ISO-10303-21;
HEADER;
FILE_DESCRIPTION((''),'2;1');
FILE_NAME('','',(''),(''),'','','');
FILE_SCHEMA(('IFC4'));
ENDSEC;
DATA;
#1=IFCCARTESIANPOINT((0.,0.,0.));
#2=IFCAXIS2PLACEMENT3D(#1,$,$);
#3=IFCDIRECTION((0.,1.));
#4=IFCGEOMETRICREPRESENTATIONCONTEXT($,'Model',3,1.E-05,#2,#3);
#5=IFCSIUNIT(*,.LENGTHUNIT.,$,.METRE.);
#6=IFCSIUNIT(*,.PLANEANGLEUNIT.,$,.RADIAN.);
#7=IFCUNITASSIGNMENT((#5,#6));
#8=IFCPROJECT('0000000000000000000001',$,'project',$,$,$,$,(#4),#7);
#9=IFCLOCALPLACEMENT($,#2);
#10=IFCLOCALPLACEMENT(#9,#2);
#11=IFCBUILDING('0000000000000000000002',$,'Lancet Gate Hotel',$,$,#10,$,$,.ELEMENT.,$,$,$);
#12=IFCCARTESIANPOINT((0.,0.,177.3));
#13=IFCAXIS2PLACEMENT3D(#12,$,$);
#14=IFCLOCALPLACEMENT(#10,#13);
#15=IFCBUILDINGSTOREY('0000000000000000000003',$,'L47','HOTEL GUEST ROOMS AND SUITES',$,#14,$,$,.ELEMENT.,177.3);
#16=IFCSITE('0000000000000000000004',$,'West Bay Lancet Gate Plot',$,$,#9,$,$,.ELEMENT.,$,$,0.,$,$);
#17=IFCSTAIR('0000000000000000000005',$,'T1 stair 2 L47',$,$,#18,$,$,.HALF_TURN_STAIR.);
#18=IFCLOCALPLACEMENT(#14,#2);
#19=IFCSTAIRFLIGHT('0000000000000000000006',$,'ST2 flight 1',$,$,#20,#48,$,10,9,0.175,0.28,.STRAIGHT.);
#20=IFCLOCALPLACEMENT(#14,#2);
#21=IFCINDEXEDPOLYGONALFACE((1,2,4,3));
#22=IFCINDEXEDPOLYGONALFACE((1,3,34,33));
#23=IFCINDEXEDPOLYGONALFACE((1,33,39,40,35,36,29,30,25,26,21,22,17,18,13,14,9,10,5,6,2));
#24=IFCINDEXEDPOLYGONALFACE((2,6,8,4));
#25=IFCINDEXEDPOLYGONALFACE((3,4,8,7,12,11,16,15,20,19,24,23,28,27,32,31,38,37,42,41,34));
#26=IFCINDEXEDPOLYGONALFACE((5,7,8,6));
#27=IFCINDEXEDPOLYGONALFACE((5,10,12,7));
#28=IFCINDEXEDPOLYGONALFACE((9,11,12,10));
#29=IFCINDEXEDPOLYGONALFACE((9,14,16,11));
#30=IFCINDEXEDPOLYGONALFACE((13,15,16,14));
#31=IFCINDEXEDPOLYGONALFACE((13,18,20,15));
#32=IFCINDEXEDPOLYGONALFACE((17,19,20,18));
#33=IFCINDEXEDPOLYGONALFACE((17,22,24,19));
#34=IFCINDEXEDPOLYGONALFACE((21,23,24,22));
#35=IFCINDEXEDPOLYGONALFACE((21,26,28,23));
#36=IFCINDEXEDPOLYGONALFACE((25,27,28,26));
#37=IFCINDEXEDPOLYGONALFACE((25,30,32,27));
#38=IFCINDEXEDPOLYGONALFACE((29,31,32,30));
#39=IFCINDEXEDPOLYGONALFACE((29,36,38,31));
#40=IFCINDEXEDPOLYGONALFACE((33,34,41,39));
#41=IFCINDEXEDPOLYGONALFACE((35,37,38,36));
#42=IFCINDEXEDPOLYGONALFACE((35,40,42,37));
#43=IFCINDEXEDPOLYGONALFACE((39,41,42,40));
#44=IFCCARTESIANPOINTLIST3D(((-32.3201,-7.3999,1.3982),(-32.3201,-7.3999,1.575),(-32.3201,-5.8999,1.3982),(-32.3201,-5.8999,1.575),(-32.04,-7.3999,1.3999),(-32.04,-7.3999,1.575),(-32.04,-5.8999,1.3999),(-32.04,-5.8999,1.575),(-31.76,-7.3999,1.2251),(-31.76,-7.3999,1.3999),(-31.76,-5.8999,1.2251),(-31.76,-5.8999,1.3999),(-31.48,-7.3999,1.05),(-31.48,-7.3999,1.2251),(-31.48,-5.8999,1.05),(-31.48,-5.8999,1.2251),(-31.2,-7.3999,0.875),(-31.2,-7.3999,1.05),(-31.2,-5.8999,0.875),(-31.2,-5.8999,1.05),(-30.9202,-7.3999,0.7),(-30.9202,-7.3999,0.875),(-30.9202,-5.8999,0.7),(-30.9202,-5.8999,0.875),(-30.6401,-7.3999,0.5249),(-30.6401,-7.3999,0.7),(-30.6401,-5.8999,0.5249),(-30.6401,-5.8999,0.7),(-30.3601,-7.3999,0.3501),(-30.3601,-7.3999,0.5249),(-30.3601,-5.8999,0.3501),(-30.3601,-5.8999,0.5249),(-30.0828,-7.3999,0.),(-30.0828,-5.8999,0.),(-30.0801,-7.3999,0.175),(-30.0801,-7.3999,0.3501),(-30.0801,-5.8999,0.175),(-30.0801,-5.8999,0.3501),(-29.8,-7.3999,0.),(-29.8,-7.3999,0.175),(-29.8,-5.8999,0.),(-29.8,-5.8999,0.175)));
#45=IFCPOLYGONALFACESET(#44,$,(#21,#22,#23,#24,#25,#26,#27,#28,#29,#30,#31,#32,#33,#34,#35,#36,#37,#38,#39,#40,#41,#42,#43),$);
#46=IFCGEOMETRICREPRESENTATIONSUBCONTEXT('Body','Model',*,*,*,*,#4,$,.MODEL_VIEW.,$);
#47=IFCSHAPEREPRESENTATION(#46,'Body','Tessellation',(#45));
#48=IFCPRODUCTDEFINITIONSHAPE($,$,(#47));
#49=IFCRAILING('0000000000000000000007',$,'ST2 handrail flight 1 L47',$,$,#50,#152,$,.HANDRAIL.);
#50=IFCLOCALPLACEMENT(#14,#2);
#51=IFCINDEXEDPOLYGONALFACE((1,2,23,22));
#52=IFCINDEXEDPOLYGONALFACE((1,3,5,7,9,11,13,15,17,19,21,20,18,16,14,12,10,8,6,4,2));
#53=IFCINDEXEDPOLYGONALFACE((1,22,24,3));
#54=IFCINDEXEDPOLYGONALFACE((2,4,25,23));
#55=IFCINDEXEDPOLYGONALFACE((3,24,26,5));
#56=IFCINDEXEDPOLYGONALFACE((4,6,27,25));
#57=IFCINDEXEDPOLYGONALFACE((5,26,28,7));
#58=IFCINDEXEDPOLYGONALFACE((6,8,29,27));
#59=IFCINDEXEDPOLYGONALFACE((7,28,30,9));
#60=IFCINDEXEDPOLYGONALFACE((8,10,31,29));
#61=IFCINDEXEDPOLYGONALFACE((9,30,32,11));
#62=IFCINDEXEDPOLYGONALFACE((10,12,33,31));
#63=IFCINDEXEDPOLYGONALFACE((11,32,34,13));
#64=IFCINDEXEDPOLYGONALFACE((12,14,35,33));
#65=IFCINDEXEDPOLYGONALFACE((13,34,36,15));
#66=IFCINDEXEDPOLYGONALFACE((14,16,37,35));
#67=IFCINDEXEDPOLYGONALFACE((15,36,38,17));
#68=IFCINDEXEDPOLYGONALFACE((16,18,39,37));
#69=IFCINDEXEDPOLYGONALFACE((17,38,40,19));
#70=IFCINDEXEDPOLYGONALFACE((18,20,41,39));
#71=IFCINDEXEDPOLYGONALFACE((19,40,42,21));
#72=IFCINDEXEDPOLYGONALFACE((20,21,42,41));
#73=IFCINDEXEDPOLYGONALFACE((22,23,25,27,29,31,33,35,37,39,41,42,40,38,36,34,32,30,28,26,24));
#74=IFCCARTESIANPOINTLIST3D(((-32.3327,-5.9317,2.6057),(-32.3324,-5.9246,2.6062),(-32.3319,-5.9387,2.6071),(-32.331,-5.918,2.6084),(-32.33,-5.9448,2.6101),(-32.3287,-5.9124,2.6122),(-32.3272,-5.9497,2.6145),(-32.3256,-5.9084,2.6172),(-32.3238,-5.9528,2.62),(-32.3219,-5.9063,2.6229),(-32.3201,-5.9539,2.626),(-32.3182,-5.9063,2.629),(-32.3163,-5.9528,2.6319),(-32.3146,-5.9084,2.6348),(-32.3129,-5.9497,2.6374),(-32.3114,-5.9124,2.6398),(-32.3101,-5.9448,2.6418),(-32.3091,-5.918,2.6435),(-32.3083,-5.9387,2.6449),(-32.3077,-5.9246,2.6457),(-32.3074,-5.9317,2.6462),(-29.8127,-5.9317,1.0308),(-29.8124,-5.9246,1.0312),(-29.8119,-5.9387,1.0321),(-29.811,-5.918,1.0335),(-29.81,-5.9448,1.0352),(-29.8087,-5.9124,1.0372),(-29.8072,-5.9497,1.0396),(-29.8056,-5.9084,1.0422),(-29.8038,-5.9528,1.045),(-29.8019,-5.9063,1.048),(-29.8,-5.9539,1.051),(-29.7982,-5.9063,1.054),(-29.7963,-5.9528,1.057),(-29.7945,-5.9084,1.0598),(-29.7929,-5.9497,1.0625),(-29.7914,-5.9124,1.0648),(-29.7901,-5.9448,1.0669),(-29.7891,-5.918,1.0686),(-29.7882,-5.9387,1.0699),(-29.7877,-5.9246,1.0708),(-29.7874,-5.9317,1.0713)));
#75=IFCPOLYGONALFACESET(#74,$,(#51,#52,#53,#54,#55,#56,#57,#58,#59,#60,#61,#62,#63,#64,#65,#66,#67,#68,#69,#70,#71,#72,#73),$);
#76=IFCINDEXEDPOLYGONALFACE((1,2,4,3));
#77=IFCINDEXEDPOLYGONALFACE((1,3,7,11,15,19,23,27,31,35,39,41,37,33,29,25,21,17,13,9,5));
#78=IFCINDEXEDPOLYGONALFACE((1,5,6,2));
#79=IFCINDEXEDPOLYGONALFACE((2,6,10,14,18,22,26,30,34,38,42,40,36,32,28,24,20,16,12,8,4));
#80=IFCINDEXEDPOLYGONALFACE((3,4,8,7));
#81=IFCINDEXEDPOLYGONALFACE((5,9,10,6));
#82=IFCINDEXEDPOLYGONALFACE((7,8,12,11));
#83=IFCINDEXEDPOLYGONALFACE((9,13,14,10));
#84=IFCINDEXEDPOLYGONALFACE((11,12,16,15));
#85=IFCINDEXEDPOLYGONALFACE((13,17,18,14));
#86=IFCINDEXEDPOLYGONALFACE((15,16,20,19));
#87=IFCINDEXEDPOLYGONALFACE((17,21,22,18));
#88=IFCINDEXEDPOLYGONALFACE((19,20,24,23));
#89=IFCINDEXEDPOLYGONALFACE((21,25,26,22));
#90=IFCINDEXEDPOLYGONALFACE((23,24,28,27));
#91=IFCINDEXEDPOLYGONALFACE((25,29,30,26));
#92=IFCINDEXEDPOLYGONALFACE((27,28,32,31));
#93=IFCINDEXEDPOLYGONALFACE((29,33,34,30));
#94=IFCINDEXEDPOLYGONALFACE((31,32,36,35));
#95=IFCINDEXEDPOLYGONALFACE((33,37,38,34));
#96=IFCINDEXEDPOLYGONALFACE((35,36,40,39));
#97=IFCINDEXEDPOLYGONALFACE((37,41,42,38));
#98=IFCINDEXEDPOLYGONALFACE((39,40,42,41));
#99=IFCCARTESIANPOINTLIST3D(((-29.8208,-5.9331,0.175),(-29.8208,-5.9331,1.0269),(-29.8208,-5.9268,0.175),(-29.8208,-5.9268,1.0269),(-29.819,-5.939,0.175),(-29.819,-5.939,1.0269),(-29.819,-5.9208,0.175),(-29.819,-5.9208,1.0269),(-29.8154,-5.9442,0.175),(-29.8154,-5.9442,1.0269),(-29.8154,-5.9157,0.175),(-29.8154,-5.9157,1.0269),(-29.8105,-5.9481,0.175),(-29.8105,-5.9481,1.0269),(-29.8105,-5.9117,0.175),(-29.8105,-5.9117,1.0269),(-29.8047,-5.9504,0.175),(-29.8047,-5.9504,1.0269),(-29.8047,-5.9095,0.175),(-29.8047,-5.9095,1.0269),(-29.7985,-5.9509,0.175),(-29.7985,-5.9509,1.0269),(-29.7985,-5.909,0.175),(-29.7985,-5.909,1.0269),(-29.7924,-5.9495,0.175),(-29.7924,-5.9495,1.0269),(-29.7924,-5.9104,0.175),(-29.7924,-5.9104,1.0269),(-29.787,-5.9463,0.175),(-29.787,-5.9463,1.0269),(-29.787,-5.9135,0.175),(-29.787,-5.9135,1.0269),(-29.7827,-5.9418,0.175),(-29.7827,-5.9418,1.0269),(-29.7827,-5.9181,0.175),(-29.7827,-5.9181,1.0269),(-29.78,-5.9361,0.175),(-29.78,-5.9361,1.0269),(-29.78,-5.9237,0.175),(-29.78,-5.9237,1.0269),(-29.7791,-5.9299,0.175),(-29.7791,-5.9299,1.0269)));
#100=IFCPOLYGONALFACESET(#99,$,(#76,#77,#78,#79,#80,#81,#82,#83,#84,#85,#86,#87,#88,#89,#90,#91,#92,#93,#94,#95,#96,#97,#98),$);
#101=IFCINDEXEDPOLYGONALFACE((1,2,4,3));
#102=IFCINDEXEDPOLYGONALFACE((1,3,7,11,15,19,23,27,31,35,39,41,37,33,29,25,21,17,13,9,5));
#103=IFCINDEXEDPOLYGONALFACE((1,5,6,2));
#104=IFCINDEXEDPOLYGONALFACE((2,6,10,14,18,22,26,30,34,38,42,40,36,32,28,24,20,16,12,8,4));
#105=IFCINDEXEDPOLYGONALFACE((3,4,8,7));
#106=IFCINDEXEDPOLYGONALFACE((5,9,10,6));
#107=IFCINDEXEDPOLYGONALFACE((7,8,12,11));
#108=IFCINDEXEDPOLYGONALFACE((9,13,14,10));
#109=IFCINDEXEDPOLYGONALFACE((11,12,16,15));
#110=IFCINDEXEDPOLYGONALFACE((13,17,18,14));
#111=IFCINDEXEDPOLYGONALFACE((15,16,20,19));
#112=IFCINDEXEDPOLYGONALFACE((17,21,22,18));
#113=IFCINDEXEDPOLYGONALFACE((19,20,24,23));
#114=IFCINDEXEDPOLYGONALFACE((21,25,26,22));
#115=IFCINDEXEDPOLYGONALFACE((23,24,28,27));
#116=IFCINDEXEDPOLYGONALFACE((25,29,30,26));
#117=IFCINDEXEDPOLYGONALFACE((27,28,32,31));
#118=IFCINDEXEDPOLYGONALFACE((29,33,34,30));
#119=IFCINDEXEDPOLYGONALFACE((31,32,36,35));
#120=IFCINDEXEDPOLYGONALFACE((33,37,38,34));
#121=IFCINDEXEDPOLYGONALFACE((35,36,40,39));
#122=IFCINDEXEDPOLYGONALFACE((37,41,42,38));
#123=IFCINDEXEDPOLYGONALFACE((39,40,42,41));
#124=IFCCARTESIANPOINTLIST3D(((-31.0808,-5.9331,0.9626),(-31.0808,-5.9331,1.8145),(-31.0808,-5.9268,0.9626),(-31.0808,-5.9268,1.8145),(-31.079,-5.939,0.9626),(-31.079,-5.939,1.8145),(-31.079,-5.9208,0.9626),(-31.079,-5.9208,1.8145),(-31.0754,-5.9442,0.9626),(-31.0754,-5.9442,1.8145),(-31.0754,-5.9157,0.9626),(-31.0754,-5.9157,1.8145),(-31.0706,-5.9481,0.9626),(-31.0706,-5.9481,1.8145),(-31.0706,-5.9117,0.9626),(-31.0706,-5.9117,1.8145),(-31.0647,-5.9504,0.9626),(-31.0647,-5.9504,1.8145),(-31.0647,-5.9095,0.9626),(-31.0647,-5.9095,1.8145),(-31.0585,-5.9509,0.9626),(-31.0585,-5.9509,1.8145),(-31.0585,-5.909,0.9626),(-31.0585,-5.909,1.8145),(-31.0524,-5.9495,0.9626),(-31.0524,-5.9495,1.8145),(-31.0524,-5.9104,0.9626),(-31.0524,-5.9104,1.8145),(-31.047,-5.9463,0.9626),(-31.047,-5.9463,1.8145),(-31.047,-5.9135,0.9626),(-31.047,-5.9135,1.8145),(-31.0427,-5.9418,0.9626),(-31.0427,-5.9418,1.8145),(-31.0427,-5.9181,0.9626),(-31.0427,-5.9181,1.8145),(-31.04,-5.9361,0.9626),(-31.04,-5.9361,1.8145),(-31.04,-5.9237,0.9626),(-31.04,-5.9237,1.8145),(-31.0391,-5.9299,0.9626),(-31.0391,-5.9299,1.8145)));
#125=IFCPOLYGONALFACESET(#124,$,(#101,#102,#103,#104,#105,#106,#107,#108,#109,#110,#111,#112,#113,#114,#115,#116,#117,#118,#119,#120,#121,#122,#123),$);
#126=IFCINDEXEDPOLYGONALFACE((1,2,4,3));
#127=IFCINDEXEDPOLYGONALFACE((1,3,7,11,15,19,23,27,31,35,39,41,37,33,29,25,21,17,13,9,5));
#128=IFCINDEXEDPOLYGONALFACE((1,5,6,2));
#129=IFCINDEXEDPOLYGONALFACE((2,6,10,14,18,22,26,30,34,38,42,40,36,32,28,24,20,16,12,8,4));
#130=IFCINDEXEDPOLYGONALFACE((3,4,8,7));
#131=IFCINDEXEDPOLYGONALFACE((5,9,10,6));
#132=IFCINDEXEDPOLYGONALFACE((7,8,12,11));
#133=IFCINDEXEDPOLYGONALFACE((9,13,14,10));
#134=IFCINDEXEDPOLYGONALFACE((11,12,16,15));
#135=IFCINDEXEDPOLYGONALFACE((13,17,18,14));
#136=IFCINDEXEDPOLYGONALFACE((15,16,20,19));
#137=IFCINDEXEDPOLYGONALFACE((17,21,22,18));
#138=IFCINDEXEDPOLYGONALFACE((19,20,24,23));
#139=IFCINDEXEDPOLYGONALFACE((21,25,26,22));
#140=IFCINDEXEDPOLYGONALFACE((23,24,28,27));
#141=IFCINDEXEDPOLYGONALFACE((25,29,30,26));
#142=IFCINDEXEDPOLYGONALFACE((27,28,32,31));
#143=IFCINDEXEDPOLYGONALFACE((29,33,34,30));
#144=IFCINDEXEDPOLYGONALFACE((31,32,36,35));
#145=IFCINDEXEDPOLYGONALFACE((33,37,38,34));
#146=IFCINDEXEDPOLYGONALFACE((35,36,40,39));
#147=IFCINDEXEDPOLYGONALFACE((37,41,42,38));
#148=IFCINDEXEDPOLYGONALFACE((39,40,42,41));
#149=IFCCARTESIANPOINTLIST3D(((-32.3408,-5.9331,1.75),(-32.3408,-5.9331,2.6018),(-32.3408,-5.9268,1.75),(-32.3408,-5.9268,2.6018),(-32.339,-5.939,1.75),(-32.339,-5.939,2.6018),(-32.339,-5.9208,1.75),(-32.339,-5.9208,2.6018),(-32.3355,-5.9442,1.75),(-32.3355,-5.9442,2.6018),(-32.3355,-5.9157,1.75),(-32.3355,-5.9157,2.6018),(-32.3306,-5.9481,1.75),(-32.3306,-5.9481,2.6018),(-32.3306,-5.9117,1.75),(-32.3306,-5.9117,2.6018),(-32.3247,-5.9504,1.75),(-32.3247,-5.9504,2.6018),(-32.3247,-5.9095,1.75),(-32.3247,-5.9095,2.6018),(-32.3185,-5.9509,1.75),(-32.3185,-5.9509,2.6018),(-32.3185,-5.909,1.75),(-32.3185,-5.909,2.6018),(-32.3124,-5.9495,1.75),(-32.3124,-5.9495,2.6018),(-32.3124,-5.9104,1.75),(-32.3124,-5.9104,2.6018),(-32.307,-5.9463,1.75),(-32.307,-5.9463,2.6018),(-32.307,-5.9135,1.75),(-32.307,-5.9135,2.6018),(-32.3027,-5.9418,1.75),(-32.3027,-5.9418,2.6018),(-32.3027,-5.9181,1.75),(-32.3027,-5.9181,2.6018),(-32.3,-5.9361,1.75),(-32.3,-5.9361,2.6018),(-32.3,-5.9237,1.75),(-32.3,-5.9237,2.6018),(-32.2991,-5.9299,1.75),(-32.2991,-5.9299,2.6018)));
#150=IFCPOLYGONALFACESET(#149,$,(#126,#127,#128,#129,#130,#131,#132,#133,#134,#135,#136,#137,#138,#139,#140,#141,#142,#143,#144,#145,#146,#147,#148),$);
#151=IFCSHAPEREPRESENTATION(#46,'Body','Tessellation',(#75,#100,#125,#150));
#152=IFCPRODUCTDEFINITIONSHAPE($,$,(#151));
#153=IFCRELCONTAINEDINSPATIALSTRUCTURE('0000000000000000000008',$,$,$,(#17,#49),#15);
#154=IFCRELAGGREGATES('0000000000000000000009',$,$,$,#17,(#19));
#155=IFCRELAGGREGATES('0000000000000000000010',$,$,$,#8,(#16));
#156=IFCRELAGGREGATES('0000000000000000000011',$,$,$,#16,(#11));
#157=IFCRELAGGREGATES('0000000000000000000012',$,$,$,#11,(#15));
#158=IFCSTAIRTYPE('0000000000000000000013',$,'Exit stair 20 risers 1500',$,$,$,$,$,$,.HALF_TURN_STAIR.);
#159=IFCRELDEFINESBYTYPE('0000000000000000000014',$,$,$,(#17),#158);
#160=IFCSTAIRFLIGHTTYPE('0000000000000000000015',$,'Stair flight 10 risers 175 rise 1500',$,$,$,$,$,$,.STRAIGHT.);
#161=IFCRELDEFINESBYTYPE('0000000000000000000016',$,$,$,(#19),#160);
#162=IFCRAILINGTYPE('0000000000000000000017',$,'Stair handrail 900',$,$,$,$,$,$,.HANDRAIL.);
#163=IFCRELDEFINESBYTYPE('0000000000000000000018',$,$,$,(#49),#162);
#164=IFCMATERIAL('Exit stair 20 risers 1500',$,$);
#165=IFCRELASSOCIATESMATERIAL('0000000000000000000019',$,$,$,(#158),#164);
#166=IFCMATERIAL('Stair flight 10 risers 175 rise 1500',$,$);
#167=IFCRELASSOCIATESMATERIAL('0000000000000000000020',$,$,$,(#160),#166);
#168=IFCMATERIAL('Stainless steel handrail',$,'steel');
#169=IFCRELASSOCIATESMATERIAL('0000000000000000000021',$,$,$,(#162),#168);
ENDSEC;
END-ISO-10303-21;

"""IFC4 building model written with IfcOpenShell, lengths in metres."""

from ifc_helpers import new_model, si_unit, direction, frame, origin, origin_2d, place, context, subcontext, project, spatial, polyline, circle, outline, extrude, material, type_object, element, aggregate, save


model = new_model("IFC4")

# Units and contexts
model_context = context("Model", 3, precision=1e-05, world=origin(), true_north=direction((0.0, 1.0)))
body_context = subcontext(model_context, "Body", "Model", "MODEL_VIEW")
ifc_project = project(units=[si_unit("LENGTHUNIT", "METRE"), si_unit("PLANEANGLEUNIT", "RADIAN")], contexts=[model_context])

# Site, building, storey
site_placement = place(None, origin())
site = spatial("IfcSite", under=ifc_project, at=site_placement, Name="West Bay Lancet Gate Plot", CompositionType="ELEMENT", RefElevation=0.0)
building_placement = place(site_placement, origin())
building = spatial("IfcBuilding", under=site, at=building_placement, Name="Lancet Gate Hotel", CompositionType="ELEMENT")
storey_placement = place(building_placement, frame((0.0, 0.0, 177.3)))
storey = spatial("IfcBuildingStorey", under=building, at=storey_placement, Name="L47", Description="HOTEL GUEST ROOMS AND SUITES", CompositionType="ELEMENT", Elevation=177.3)

# Stair, stair flight
ifc_material_1 = material(Name="Exit stair 20 risers 1500")
stair_type = type_object("IfcStairType", Name="Exit stair 20 risers 1500", PredefinedType="HALF_TURN_STAIR", material=ifc_material_1)
stair_placement = place(storey_placement, origin())
stair = element("IfcStair", 1, at=stair_placement, inside=storey, type_object=stair_type, Name="T1 stair 2 L47", PredefinedType="HALF_TURN_STAIR")
ifc_material_2 = material(Name="Stair flight 10 risers 175 rise 1500")
stair_flight_type = type_object("IfcStairFlightType", Name="Stair flight 10 risers 175 rise 1500", PredefinedType="STRAIGHT", material=ifc_material_2)
stair_flight_placement = place(storey_placement, frame((-29.8, -6.6499, 0.0), z_axis=(0.0, 0.0, 1.0), x_axis=(-1.0, 0.0, 0.0)))
stair_flight = element("IfcStairFlight", 2, at=stair_flight_placement, type_object=stair_flight_type, Name="ST2 flight 1", NumberOfRisers=10, NumberOfTreads=9, PredefinedType="STRAIGHT", RiserHeight=0.175, TreadLength=0.28, context=body_context, shape_type="SweptSolid", body=[
    extrude(outline(polyline([(0.0, 0.0), (0.0, 0.175), (0.28, 0.175), (0.28, 0.3501), (0.5601, 0.3501), (0.5601, 0.5249), (0.8401, 0.5249), (0.8401, 0.7), (1.1201, 0.7), (1.1201, 0.875), (1.3999, 0.875), (1.3999, 1.05), (1.6799, 1.05), (1.6799, 1.2251), (1.96, 1.2251), (1.96, 1.3999), (2.24, 1.3999), (2.24, 1.575), (2.52, 1.575), (2.52, 1.75), (2.52, 1.3982), (0.2827, 0.0), (0.0, 0.0)])), frame((0.0, 0.75, 0.0), z_axis=(0.0, -1.0, 0.0), x_axis=(1.0, 0.0, 0.0)), (0.0, 0.0, 1.0), 1.5),
])
aggregate(stair, [stair_flight])

# Railing
ifc_material_3 = material(Name="Stainless steel handrail", Category="steel")
railing_type = type_object("IfcRailingType", Name="Stair handrail 900", PredefinedType="HANDRAIL", material=ifc_material_3)
railing_placement = place(storey_placement, frame((-29.8, -5.9299, 0.175)))
element("IfcRailing", 3, at=railing_placement, inside=storey, type_object=railing_type, Name="ST2 handrail flight 1 L47", PredefinedType="HANDRAIL", context=body_context, shape_type="SweptSolid", body=[
    extrude(circle(Radius=0.0239, at=origin_2d()), frame((0.0, 0.0, 0.876), z_axis=(-0.848008, 0.0, 0.529984), x_axis=(0.0, -1.0, 0.0)), (0.0, 0.0, 1.0), 2.9717),
    extrude(circle(Radius=0.021, at=origin_2d()), origin(), (0.0, 0.0, 1.0), 0.8518),
    extrude(circle(Radius=0.021, at=origin_2d()), frame((-1.26, 0.0, 0.7876)), (0.0, 0.0, 1.0), 0.8518),
    extrude(circle(Radius=0.021, at=origin_2d()), frame((-2.52, 0.0, 1.575)), (0.0, 0.0, 1.0), 0.8518),
])

save(model, "model.ifc")
